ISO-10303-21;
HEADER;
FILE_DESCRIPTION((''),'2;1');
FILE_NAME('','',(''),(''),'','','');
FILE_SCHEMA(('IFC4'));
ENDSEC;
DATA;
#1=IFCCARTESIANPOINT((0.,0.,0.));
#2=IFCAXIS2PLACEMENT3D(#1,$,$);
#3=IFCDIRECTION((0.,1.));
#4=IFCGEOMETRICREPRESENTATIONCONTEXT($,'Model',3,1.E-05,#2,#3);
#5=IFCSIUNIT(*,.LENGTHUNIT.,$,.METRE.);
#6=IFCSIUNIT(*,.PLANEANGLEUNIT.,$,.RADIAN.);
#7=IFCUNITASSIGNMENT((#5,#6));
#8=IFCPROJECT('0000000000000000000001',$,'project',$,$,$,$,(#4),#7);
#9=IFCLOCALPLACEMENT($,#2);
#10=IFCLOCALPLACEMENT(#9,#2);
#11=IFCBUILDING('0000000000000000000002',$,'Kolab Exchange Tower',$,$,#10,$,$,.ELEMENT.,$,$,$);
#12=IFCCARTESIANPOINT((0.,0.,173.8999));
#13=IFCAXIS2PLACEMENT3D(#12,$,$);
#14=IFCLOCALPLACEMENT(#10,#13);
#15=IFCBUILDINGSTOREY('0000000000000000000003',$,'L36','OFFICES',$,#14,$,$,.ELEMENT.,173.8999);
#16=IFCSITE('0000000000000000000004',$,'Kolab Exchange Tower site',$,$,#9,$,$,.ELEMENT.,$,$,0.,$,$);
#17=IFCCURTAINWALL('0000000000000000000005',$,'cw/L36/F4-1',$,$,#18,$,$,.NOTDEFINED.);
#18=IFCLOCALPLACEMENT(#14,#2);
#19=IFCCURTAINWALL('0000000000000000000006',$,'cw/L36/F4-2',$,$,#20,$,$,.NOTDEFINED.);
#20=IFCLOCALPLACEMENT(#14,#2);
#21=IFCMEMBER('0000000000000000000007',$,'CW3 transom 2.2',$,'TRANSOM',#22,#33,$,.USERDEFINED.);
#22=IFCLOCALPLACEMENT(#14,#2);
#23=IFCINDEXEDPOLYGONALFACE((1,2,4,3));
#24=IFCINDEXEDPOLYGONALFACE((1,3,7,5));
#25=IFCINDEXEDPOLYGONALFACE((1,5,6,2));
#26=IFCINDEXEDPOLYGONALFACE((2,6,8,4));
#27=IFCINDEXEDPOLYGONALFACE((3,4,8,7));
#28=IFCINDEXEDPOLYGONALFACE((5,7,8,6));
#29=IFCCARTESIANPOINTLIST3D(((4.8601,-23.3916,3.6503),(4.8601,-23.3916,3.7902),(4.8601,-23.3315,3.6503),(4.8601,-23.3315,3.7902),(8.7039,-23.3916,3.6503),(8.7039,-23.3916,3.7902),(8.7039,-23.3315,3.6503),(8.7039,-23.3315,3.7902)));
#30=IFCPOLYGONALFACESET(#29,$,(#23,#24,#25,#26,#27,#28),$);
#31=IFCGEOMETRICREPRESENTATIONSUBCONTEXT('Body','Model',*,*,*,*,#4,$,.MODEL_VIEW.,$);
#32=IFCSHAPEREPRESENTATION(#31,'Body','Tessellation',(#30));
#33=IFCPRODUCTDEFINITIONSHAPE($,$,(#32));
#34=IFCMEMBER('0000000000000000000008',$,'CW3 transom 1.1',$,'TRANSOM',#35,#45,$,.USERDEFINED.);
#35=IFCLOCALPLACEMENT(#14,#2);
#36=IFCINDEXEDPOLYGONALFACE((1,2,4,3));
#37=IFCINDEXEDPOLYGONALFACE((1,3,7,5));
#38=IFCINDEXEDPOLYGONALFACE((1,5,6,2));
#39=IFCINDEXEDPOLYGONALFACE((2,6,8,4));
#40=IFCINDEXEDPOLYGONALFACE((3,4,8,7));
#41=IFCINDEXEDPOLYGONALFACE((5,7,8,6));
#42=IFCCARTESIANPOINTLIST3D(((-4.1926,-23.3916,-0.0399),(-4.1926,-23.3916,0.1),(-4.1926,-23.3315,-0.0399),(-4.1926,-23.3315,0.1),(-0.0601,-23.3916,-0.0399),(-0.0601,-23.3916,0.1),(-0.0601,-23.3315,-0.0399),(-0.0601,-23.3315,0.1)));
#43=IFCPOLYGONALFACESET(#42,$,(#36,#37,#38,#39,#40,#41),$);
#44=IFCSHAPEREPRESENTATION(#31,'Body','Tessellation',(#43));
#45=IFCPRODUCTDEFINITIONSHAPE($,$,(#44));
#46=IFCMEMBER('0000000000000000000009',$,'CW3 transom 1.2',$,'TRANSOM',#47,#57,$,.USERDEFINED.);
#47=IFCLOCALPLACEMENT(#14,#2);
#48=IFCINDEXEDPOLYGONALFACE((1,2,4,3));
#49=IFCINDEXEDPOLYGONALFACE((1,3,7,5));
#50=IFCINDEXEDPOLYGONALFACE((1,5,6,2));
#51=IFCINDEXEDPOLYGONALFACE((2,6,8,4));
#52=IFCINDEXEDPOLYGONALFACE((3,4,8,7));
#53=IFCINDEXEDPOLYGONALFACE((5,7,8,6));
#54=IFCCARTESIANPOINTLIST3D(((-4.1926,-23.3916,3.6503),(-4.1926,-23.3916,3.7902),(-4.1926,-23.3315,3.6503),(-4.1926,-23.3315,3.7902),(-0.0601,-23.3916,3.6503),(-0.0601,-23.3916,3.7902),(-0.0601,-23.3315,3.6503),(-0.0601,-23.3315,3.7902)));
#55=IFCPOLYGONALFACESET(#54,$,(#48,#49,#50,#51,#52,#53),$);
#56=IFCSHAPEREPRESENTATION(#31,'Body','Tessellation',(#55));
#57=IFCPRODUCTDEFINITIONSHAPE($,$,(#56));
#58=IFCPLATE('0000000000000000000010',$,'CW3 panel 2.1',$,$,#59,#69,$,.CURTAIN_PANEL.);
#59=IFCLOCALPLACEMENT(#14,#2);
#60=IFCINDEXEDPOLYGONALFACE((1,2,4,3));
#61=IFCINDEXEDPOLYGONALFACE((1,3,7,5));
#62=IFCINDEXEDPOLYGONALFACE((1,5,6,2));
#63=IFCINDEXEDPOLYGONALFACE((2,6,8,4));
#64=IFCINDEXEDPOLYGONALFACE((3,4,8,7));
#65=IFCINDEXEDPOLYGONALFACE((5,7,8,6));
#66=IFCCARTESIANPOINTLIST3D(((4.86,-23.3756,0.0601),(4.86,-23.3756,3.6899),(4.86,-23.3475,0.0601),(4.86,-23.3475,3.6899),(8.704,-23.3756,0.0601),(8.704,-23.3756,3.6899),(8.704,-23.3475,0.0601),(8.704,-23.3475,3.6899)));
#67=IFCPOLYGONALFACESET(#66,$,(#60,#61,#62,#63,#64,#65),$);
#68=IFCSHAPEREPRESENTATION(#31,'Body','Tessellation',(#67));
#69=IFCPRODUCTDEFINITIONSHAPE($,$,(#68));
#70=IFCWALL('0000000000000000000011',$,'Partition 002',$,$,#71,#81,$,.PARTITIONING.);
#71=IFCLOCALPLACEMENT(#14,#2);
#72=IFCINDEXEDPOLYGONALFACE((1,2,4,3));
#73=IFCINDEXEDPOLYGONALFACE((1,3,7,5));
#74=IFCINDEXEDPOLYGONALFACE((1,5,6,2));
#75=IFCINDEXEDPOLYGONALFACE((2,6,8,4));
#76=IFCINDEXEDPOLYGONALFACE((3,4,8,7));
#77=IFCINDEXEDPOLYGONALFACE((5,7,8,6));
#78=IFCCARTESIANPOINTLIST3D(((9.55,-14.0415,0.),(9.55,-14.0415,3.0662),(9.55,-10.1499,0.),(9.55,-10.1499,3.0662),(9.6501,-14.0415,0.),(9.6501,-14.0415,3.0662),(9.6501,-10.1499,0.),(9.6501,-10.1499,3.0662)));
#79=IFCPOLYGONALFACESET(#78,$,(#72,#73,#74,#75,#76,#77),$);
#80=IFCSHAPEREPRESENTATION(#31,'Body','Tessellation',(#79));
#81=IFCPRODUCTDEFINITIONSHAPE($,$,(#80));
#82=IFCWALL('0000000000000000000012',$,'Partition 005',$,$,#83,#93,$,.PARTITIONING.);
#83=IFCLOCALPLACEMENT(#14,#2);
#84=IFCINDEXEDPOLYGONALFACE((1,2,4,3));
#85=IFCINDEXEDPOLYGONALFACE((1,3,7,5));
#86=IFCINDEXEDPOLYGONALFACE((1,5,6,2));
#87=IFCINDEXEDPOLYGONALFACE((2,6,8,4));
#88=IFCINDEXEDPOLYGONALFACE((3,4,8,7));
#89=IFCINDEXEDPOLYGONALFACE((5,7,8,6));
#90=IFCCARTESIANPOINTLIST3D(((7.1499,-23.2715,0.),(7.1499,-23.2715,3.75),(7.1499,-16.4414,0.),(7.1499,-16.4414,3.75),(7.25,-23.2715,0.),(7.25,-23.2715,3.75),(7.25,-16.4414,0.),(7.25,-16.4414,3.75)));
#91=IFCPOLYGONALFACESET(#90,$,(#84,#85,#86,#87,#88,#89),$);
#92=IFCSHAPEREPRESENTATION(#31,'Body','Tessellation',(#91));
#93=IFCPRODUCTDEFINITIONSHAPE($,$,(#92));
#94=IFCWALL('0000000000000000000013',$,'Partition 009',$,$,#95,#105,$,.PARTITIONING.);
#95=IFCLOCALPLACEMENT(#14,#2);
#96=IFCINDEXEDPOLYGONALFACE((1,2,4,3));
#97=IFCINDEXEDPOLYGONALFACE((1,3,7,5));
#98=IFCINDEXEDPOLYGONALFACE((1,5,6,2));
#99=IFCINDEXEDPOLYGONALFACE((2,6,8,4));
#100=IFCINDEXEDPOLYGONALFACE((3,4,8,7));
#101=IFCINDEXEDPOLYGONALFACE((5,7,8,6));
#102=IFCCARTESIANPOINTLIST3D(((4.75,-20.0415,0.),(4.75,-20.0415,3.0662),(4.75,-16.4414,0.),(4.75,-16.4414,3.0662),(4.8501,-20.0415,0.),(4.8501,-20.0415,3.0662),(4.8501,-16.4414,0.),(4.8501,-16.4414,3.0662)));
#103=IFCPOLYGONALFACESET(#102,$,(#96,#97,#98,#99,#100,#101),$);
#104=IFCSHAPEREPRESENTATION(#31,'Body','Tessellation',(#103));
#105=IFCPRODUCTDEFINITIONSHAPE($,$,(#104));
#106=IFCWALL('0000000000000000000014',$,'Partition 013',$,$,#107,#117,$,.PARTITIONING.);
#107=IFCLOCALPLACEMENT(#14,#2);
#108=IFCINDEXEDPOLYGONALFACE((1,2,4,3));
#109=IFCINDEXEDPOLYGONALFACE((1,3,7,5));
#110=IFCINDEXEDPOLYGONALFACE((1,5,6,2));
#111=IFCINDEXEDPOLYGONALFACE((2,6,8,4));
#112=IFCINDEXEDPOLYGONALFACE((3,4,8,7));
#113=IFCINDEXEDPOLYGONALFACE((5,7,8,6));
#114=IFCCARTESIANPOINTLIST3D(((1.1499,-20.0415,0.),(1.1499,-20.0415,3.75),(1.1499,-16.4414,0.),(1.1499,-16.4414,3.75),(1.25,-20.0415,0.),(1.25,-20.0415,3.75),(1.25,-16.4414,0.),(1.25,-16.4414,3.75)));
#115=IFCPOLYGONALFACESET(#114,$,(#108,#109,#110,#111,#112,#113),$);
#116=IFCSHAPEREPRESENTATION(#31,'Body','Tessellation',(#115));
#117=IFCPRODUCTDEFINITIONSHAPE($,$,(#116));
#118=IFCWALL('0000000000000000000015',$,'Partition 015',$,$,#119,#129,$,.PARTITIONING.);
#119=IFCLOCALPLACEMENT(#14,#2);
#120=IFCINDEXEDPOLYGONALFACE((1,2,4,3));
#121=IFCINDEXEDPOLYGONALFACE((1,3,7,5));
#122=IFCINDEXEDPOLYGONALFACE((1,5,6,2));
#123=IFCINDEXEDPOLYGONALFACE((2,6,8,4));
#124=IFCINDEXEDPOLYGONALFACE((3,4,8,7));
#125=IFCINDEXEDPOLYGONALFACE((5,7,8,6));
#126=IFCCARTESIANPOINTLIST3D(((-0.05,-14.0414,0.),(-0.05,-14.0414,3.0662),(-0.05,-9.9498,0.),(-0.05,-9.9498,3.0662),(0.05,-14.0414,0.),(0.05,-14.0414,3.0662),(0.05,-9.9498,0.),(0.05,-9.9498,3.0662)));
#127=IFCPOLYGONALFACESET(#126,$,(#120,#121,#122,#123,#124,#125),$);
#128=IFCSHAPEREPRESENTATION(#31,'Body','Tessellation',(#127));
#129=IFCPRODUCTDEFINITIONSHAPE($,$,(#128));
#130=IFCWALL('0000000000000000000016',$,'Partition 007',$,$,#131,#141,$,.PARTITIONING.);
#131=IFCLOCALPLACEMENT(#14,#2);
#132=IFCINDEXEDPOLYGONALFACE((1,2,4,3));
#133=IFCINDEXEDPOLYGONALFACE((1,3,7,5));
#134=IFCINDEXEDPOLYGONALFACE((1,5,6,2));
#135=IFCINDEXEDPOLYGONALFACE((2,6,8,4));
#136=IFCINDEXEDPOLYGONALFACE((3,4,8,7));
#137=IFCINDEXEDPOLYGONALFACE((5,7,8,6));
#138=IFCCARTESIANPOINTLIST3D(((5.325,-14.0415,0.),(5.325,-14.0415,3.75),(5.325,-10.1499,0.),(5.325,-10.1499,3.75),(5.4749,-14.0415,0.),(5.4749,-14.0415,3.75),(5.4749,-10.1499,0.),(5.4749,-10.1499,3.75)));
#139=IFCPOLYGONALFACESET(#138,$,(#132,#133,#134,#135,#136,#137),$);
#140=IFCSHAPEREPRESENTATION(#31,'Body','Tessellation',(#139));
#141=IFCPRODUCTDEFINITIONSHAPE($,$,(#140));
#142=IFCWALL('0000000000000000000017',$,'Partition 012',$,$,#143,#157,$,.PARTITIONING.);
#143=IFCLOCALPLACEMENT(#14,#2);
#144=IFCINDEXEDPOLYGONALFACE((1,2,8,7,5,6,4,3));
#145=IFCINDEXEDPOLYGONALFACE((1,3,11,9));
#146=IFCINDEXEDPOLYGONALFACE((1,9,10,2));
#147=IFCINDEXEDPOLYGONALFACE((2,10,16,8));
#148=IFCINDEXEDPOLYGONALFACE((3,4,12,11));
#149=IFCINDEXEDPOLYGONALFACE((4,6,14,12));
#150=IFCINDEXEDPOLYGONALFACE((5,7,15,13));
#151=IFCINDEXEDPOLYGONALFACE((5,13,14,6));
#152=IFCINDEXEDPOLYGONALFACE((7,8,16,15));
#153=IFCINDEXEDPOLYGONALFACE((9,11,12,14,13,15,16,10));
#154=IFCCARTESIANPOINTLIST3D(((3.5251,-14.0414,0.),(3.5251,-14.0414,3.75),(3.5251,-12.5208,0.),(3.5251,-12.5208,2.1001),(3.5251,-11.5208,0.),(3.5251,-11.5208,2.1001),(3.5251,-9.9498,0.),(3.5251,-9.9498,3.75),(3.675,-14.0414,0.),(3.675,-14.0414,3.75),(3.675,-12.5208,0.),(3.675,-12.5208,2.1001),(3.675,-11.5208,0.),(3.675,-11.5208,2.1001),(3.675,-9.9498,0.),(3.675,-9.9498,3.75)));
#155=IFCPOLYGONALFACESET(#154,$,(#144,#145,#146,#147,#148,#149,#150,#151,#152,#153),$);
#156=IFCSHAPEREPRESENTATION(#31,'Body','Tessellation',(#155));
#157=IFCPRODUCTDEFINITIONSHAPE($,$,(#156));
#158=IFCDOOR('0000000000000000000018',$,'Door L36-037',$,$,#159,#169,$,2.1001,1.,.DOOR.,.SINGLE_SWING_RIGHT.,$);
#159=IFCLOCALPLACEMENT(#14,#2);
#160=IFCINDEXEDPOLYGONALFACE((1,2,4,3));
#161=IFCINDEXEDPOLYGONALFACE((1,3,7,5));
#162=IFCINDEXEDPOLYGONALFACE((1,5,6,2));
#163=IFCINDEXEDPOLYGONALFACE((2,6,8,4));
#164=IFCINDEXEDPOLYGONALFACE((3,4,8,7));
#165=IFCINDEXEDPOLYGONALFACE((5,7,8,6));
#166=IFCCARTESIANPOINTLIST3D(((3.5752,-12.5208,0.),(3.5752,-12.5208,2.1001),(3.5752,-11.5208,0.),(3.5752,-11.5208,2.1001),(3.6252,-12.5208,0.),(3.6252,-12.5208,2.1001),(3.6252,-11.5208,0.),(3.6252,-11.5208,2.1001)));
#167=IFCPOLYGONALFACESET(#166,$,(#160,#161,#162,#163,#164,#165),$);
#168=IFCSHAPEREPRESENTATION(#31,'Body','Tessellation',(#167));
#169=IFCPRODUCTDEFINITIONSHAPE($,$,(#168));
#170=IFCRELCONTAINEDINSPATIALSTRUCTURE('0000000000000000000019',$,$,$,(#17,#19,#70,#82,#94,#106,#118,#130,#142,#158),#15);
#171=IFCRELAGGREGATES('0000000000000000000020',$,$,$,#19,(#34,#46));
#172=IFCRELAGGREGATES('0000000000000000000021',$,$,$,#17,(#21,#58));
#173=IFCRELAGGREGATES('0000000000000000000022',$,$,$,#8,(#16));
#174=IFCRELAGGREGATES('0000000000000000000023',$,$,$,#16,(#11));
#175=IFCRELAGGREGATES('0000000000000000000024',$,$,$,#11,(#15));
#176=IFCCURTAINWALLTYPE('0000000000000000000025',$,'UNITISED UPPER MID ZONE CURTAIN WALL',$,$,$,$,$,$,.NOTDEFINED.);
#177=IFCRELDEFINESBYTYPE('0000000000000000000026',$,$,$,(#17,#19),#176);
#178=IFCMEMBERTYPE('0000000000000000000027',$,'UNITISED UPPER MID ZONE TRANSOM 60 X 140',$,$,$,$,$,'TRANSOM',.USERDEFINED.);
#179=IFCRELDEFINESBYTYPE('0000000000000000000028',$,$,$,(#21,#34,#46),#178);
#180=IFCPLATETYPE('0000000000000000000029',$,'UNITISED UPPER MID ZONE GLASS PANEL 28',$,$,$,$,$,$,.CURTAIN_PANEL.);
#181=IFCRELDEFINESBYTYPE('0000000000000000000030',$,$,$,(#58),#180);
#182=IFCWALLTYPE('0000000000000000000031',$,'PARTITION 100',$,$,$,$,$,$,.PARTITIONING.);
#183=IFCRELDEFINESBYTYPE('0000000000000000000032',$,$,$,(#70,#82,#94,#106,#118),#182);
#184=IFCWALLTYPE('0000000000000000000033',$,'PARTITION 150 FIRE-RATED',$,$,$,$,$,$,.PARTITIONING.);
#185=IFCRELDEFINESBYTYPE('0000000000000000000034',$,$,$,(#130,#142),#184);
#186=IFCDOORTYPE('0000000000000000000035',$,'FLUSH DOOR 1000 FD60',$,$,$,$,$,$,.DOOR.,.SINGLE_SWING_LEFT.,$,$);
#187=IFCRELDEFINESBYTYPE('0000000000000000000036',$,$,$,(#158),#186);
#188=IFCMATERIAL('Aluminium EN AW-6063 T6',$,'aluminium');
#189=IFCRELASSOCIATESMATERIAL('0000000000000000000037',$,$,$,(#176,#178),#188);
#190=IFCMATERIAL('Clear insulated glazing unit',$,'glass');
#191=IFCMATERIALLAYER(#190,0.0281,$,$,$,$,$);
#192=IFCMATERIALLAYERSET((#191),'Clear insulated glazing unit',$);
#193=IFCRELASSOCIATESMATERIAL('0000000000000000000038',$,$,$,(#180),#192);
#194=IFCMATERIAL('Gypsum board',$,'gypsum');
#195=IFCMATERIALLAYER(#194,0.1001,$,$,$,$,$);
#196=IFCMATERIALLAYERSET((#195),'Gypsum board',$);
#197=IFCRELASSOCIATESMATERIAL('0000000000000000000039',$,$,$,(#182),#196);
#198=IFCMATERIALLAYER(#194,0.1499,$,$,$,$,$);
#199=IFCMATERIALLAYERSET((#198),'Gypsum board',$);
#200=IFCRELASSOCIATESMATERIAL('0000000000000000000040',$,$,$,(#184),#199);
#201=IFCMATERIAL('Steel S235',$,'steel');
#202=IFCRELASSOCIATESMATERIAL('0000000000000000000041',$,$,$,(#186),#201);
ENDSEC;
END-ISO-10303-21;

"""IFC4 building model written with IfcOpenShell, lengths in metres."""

from ifc_helpers import new_model, si_unit, direction, frame, frame_2d, origin, origin_2d, place, context, subcontext, project, spatial, rectangle, extrude, material, layer, layer_set, material_profile, profile_set, type_object, element, fill, aggregate, save


model = new_model("IFC4")

# Units and contexts
model_context = context("Model", 3, precision=1e-05, world=origin(), true_north=direction((0.0, 1.0)))
body_context = subcontext(model_context, "Body", "Model", "MODEL_VIEW")
ifc_project = project(units=[si_unit("LENGTHUNIT", "METRE"), si_unit("PLANEANGLEUNIT", "RADIAN")], contexts=[model_context])

# Site, building, storey
site_placement = place(None, origin())
site = spatial("IfcSite", under=ifc_project, at=site_placement, Name="Kolab Exchange Tower site", CompositionType="ELEMENT", RefElevation=0.0)
building_placement = place(site_placement, origin())
building = spatial("IfcBuilding", under=site, at=building_placement, Name="Kolab Exchange Tower", CompositionType="ELEMENT")
storey_placement = place(building_placement, frame((0.0, 0.0, 173.8999)))
storey = spatial("IfcBuildingStorey", under=building, at=storey_placement, Name="L36", Description="OFFICES", CompositionType="ELEMENT", Elevation=173.8999)

# Curtain wall
ifc_material_1 = material(Name="Aluminium EN AW-6063 T6", Category="aluminium")
curtain_wall_type = type_object("IfcCurtainWallType", Name="UNITISED UPPER MID ZONE CURTAIN WALL", PredefinedType="NOTDEFINED", material=ifc_material_1)
curtain_wall_1_placement = place(storey_placement, origin())
curtain_wall_1 = element("IfcCurtainWall", 1, at=curtain_wall_1_placement, inside=storey, type_object=curtain_wall_type, Name="cw/L36/F4-1", PredefinedType="NOTDEFINED")

# Curtain wall
curtain_wall_2_placement = place(storey_placement, origin())
curtain_wall_2 = element("IfcCurtainWall", 2, at=curtain_wall_2_placement, inside=storey, type_object=curtain_wall_type, Name="cw/L36/F4-2", PredefinedType="NOTDEFINED")

# Members
ifc_material_profile_1 = material_profile(ifc_material_1, rectangle(XDim=0.0601, YDim=0.1399, at=origin_2d()), Name="RECT 60X140")
ifc_profile_set_1 = profile_set([ifc_material_profile_1], Name="Aluminium EN AW-6063 T6")
member_type_1 = type_object("IfcMemberType", Name="UNITISED UPPER MID ZONE TRANSOM 60 X 140", ElementType="TRANSOM", PredefinedType="USERDEFINED", material=ifc_profile_set_1)
member_1_placement = place(storey_placement, frame((8.7039, -23.3616, 3.7202), z_axis=(-1.0, 0.0, 0.0), x_axis=(0.0, -1.0, 0.0)))
member_1 = element("IfcMember", 3, at=member_1_placement, type_object=member_type_1, Name="CW3 transom 2.2", ObjectType="TRANSOM", PredefinedType="USERDEFINED", context=body_context, shape_type="SweptSolid", body=[
    extrude(rectangle(XDim=0.0601, YDim=0.1399, at=origin_2d()), origin(), (0.0, 0.0, 1.0), 3.8438),
])
member_2_placement = place(storey_placement, frame((-0.0601, -23.3616, 0.03), z_axis=(-1.0, 0.0, 0.0), x_axis=(0.0, -1.0, 0.0)))
member_2 = element("IfcMember", 4, at=member_2_placement, type_object=member_type_1, Name="CW3 transom 1.1", ObjectType="TRANSOM", PredefinedType="USERDEFINED", context=body_context, shape_type="SweptSolid", body=[
    extrude(rectangle(XDim=0.0601, YDim=0.1399, at=origin_2d()), origin(), (0.0, 0.0, 1.0), 4.1326),
])
member_3_placement = place(storey_placement, frame((-0.0601, -23.3616, 3.7202), z_axis=(-1.0, 0.0, 0.0), x_axis=(0.0, -1.0, 0.0)))
member_3 = element("IfcMember", 5, at=member_3_placement, type_object=member_type_1, Name="CW3 transom 1.2", ObjectType="TRANSOM", PredefinedType="USERDEFINED", context=body_context, shape_type="SweptSolid", body=[
    extrude(rectangle(XDim=0.0601, YDim=0.1399, at=origin_2d()), origin(), (0.0, 0.0, 1.0), 4.1326),
])
aggregate(curtain_wall_2, [member_2, member_3])

# Plate
ifc_material_2 = material(Name="Clear insulated glazing unit", Category="glass")
ifc_layer_1 = layer(ifc_material_2, 0.0281)
ifc_layer_set_1 = layer_set([ifc_layer_1], Name="Clear insulated glazing unit")
plate_type = type_object("IfcPlateType", Name="UNITISED UPPER MID ZONE GLASS PANEL 28", PredefinedType="CURTAIN_PANEL", material=ifc_layer_set_1)
plate_placement = place(storey_placement, frame((6.782, -23.3616, 0.0601), z_axis=(0.0, 0.0, 1.0), x_axis=(-1.0, 0.0, 0.0)))
plate = element("IfcPlate", 6, at=plate_placement, type_object=plate_type, Name="CW3 panel 2.1", PredefinedType="CURTAIN_PANEL", context=body_context, shape_type="SweptSolid", body=[
    extrude(rectangle(XDim=3.844, YDim=0.0281, at=origin_2d()), origin(), (0.0, 0.0, 1.0), 3.6299),
])
aggregate(curtain_wall_1, [member_1, plate])

# Walls
ifc_material_3 = material(Name="Gypsum board", Category="gypsum")
ifc_layer_2 = layer(ifc_material_3, 0.1001)
ifc_layer_set_2 = layer_set([ifc_layer_2], Name="Gypsum board")
wall_type_1 = type_object("IfcWallType", Name="PARTITION 100", PredefinedType="PARTITIONING", material=ifc_layer_set_2)
wall_1_placement = place(storey_placement, frame((9.6001, -14.0415, 0.0), z_axis=(0.0, 0.0, 1.0), x_axis=(0.0, 1.0, 0.0)))
element("IfcWall", 7, at=wall_1_placement, inside=storey, type_object=wall_type_1, Name="Partition 002", PredefinedType="PARTITIONING", context=body_context, shape_type="SweptSolid", body=[
    extrude(rectangle(XDim=3.8916, YDim=0.1001, at=frame_2d((1.9458, 0.0))), origin(), (0.0, 0.0, 1.0), 3.0662),
])
wall_2_placement = place(storey_placement, frame((7.2, -23.2715, 0.0), z_axis=(0.0, 0.0, 1.0), x_axis=(0.0, 1.0, 0.0)))
element("IfcWall", 8, at=wall_2_placement, inside=storey, type_object=wall_type_1, Name="Partition 005", PredefinedType="PARTITIONING", context=body_context, shape_type="SweptSolid", body=[
    extrude(rectangle(XDim=6.8301, YDim=0.1001, at=frame_2d((3.415, 0.0))), origin(), (0.0, 0.0, 1.0), 3.75),
])
wall_3_placement = place(storey_placement, frame((4.8, -20.0415, 0.0), z_axis=(0.0, 0.0, 1.0), x_axis=(0.0, 1.0, 0.0)))
element("IfcWall", 9, at=wall_3_placement, inside=storey, type_object=wall_type_1, Name="Partition 009", PredefinedType="PARTITIONING", context=body_context, shape_type="SweptSolid", body=[
    extrude(rectangle(XDim=3.6001, YDim=0.1001, at=frame_2d((1.8, 0.0))), origin(), (0.0, 0.0, 1.0), 3.0662),
])
wall_4_placement = place(storey_placement, frame((1.2, -20.0415, 0.0), z_axis=(0.0, 0.0, 1.0), x_axis=(0.0, 1.0, 0.0)))
element("IfcWall", 10, at=wall_4_placement, inside=storey, type_object=wall_type_1, Name="Partition 013", PredefinedType="PARTITIONING", context=body_context, shape_type="SweptSolid", body=[
    extrude(rectangle(XDim=3.6001, YDim=0.1001, at=frame_2d((1.8, 0.0))), origin(), (0.0, 0.0, 1.0), 3.75),
])
wall_5_placement = place(storey_placement, frame((0.0, -14.0415, 0.0), z_axis=(0.0, 0.0, 1.0), x_axis=(0.0, 1.0, 0.0)))
element("IfcWall", 11, at=wall_5_placement, inside=storey, type_object=wall_type_1, Name="Partition 015", PredefinedType="PARTITIONING", context=body_context, shape_type="SweptSolid", body=[
    extrude(rectangle(XDim=4.0916, YDim=0.1001, at=frame_2d((2.0459, 0.0))), origin(), (0.0, 0.0, 1.0), 3.0662),
])
ifc_layer_3 = layer(ifc_material_3, 0.1499)
ifc_layer_set_3 = layer_set([ifc_layer_3], Name="Gypsum board")
wall_type_2 = type_object("IfcWallType", Name="PARTITION 150 FIRE-RATED", PredefinedType="PARTITIONING", material=ifc_layer_set_3)
wall_6_placement = place(storey_placement, frame((5.3999, -14.0415, 0.0), z_axis=(0.0, 0.0, 1.0), x_axis=(0.0, 1.0, 0.0)))
element("IfcWall", 12, at=wall_6_placement, inside=storey, type_object=wall_type_2, Name="Partition 007", PredefinedType="PARTITIONING", context=body_context, shape_type="SweptSolid", body=[
    extrude(rectangle(XDim=3.8916, YDim=0.1499, at=frame_2d((1.9458, 0.0))), origin(), (0.0, 0.0, 1.0), 3.75),
])

# Wall, opening, door
wall_7_placement = place(storey_placement, frame((3.6001, -14.0415, 0.0), z_axis=(0.0, 0.0, 1.0), x_axis=(0.0, 1.0, 0.0)))
wall_7 = element("IfcWall", 13, at=wall_7_placement, inside=storey, type_object=wall_type_2, Name="Partition 012", PredefinedType="PARTITIONING", context=body_context, shape_type="SweptSolid", body=[
    extrude(rectangle(XDim=4.0916, YDim=0.1499, at=frame_2d((2.0459, 0.0))), origin(), (0.0, 0.0, 1.0), 3.75),
])
opening_1_placement = place(wall_7_placement, frame((1.5208, 0.0, 0.0)))
opening_1 = element("IfcOpeningElement", 14, at=opening_1_placement, cuts=wall_7, PredefinedType="OPENING", context=body_context, shape_type="SweptSolid", body=[
    extrude(rectangle(XDim=1.0, YDim=2.1001, at=frame_2d((0.5, 1.05))), frame((0.0, 0.085, 0.0), z_axis=(0.0, -1.0, 0.0), x_axis=(1.0, 0.0, 0.0)), (0.0, 0.0, 1.0), 0.1699),
])
ifc_material_4 = material(Name="Steel S235", Category="steel")
door_type_1 = type_object("IfcDoorType", Name="FLUSH DOOR 1000 FD60", OperationType="SINGLE_SWING_LEFT", PredefinedType="DOOR", material=ifc_material_4)
door_1_placement = place(opening_1_placement, origin())
door_1 = element("IfcDoor", 15, at=door_1_placement, inside=storey, type_object=door_type_1, Name="Door L36-037", OperationType="SINGLE_SWING_RIGHT", OverallHeight=2.1001, OverallWidth=1.0, PredefinedType="DOOR", context=body_context, shape_type="SweptSolid", body=[
    extrude(rectangle(XDim=1.0, YDim=2.1001, at=frame_2d((0.5, 1.05))), frame((0.0, 0.0249, 0.0), z_axis=(0.0, -1.0, 0.0), x_axis=(1.0, 0.0, 0.0)), (0.0, 0.0, 1.0), 0.05),
])
fill(opening_1, door_1)

save(model, "model.ifc")
